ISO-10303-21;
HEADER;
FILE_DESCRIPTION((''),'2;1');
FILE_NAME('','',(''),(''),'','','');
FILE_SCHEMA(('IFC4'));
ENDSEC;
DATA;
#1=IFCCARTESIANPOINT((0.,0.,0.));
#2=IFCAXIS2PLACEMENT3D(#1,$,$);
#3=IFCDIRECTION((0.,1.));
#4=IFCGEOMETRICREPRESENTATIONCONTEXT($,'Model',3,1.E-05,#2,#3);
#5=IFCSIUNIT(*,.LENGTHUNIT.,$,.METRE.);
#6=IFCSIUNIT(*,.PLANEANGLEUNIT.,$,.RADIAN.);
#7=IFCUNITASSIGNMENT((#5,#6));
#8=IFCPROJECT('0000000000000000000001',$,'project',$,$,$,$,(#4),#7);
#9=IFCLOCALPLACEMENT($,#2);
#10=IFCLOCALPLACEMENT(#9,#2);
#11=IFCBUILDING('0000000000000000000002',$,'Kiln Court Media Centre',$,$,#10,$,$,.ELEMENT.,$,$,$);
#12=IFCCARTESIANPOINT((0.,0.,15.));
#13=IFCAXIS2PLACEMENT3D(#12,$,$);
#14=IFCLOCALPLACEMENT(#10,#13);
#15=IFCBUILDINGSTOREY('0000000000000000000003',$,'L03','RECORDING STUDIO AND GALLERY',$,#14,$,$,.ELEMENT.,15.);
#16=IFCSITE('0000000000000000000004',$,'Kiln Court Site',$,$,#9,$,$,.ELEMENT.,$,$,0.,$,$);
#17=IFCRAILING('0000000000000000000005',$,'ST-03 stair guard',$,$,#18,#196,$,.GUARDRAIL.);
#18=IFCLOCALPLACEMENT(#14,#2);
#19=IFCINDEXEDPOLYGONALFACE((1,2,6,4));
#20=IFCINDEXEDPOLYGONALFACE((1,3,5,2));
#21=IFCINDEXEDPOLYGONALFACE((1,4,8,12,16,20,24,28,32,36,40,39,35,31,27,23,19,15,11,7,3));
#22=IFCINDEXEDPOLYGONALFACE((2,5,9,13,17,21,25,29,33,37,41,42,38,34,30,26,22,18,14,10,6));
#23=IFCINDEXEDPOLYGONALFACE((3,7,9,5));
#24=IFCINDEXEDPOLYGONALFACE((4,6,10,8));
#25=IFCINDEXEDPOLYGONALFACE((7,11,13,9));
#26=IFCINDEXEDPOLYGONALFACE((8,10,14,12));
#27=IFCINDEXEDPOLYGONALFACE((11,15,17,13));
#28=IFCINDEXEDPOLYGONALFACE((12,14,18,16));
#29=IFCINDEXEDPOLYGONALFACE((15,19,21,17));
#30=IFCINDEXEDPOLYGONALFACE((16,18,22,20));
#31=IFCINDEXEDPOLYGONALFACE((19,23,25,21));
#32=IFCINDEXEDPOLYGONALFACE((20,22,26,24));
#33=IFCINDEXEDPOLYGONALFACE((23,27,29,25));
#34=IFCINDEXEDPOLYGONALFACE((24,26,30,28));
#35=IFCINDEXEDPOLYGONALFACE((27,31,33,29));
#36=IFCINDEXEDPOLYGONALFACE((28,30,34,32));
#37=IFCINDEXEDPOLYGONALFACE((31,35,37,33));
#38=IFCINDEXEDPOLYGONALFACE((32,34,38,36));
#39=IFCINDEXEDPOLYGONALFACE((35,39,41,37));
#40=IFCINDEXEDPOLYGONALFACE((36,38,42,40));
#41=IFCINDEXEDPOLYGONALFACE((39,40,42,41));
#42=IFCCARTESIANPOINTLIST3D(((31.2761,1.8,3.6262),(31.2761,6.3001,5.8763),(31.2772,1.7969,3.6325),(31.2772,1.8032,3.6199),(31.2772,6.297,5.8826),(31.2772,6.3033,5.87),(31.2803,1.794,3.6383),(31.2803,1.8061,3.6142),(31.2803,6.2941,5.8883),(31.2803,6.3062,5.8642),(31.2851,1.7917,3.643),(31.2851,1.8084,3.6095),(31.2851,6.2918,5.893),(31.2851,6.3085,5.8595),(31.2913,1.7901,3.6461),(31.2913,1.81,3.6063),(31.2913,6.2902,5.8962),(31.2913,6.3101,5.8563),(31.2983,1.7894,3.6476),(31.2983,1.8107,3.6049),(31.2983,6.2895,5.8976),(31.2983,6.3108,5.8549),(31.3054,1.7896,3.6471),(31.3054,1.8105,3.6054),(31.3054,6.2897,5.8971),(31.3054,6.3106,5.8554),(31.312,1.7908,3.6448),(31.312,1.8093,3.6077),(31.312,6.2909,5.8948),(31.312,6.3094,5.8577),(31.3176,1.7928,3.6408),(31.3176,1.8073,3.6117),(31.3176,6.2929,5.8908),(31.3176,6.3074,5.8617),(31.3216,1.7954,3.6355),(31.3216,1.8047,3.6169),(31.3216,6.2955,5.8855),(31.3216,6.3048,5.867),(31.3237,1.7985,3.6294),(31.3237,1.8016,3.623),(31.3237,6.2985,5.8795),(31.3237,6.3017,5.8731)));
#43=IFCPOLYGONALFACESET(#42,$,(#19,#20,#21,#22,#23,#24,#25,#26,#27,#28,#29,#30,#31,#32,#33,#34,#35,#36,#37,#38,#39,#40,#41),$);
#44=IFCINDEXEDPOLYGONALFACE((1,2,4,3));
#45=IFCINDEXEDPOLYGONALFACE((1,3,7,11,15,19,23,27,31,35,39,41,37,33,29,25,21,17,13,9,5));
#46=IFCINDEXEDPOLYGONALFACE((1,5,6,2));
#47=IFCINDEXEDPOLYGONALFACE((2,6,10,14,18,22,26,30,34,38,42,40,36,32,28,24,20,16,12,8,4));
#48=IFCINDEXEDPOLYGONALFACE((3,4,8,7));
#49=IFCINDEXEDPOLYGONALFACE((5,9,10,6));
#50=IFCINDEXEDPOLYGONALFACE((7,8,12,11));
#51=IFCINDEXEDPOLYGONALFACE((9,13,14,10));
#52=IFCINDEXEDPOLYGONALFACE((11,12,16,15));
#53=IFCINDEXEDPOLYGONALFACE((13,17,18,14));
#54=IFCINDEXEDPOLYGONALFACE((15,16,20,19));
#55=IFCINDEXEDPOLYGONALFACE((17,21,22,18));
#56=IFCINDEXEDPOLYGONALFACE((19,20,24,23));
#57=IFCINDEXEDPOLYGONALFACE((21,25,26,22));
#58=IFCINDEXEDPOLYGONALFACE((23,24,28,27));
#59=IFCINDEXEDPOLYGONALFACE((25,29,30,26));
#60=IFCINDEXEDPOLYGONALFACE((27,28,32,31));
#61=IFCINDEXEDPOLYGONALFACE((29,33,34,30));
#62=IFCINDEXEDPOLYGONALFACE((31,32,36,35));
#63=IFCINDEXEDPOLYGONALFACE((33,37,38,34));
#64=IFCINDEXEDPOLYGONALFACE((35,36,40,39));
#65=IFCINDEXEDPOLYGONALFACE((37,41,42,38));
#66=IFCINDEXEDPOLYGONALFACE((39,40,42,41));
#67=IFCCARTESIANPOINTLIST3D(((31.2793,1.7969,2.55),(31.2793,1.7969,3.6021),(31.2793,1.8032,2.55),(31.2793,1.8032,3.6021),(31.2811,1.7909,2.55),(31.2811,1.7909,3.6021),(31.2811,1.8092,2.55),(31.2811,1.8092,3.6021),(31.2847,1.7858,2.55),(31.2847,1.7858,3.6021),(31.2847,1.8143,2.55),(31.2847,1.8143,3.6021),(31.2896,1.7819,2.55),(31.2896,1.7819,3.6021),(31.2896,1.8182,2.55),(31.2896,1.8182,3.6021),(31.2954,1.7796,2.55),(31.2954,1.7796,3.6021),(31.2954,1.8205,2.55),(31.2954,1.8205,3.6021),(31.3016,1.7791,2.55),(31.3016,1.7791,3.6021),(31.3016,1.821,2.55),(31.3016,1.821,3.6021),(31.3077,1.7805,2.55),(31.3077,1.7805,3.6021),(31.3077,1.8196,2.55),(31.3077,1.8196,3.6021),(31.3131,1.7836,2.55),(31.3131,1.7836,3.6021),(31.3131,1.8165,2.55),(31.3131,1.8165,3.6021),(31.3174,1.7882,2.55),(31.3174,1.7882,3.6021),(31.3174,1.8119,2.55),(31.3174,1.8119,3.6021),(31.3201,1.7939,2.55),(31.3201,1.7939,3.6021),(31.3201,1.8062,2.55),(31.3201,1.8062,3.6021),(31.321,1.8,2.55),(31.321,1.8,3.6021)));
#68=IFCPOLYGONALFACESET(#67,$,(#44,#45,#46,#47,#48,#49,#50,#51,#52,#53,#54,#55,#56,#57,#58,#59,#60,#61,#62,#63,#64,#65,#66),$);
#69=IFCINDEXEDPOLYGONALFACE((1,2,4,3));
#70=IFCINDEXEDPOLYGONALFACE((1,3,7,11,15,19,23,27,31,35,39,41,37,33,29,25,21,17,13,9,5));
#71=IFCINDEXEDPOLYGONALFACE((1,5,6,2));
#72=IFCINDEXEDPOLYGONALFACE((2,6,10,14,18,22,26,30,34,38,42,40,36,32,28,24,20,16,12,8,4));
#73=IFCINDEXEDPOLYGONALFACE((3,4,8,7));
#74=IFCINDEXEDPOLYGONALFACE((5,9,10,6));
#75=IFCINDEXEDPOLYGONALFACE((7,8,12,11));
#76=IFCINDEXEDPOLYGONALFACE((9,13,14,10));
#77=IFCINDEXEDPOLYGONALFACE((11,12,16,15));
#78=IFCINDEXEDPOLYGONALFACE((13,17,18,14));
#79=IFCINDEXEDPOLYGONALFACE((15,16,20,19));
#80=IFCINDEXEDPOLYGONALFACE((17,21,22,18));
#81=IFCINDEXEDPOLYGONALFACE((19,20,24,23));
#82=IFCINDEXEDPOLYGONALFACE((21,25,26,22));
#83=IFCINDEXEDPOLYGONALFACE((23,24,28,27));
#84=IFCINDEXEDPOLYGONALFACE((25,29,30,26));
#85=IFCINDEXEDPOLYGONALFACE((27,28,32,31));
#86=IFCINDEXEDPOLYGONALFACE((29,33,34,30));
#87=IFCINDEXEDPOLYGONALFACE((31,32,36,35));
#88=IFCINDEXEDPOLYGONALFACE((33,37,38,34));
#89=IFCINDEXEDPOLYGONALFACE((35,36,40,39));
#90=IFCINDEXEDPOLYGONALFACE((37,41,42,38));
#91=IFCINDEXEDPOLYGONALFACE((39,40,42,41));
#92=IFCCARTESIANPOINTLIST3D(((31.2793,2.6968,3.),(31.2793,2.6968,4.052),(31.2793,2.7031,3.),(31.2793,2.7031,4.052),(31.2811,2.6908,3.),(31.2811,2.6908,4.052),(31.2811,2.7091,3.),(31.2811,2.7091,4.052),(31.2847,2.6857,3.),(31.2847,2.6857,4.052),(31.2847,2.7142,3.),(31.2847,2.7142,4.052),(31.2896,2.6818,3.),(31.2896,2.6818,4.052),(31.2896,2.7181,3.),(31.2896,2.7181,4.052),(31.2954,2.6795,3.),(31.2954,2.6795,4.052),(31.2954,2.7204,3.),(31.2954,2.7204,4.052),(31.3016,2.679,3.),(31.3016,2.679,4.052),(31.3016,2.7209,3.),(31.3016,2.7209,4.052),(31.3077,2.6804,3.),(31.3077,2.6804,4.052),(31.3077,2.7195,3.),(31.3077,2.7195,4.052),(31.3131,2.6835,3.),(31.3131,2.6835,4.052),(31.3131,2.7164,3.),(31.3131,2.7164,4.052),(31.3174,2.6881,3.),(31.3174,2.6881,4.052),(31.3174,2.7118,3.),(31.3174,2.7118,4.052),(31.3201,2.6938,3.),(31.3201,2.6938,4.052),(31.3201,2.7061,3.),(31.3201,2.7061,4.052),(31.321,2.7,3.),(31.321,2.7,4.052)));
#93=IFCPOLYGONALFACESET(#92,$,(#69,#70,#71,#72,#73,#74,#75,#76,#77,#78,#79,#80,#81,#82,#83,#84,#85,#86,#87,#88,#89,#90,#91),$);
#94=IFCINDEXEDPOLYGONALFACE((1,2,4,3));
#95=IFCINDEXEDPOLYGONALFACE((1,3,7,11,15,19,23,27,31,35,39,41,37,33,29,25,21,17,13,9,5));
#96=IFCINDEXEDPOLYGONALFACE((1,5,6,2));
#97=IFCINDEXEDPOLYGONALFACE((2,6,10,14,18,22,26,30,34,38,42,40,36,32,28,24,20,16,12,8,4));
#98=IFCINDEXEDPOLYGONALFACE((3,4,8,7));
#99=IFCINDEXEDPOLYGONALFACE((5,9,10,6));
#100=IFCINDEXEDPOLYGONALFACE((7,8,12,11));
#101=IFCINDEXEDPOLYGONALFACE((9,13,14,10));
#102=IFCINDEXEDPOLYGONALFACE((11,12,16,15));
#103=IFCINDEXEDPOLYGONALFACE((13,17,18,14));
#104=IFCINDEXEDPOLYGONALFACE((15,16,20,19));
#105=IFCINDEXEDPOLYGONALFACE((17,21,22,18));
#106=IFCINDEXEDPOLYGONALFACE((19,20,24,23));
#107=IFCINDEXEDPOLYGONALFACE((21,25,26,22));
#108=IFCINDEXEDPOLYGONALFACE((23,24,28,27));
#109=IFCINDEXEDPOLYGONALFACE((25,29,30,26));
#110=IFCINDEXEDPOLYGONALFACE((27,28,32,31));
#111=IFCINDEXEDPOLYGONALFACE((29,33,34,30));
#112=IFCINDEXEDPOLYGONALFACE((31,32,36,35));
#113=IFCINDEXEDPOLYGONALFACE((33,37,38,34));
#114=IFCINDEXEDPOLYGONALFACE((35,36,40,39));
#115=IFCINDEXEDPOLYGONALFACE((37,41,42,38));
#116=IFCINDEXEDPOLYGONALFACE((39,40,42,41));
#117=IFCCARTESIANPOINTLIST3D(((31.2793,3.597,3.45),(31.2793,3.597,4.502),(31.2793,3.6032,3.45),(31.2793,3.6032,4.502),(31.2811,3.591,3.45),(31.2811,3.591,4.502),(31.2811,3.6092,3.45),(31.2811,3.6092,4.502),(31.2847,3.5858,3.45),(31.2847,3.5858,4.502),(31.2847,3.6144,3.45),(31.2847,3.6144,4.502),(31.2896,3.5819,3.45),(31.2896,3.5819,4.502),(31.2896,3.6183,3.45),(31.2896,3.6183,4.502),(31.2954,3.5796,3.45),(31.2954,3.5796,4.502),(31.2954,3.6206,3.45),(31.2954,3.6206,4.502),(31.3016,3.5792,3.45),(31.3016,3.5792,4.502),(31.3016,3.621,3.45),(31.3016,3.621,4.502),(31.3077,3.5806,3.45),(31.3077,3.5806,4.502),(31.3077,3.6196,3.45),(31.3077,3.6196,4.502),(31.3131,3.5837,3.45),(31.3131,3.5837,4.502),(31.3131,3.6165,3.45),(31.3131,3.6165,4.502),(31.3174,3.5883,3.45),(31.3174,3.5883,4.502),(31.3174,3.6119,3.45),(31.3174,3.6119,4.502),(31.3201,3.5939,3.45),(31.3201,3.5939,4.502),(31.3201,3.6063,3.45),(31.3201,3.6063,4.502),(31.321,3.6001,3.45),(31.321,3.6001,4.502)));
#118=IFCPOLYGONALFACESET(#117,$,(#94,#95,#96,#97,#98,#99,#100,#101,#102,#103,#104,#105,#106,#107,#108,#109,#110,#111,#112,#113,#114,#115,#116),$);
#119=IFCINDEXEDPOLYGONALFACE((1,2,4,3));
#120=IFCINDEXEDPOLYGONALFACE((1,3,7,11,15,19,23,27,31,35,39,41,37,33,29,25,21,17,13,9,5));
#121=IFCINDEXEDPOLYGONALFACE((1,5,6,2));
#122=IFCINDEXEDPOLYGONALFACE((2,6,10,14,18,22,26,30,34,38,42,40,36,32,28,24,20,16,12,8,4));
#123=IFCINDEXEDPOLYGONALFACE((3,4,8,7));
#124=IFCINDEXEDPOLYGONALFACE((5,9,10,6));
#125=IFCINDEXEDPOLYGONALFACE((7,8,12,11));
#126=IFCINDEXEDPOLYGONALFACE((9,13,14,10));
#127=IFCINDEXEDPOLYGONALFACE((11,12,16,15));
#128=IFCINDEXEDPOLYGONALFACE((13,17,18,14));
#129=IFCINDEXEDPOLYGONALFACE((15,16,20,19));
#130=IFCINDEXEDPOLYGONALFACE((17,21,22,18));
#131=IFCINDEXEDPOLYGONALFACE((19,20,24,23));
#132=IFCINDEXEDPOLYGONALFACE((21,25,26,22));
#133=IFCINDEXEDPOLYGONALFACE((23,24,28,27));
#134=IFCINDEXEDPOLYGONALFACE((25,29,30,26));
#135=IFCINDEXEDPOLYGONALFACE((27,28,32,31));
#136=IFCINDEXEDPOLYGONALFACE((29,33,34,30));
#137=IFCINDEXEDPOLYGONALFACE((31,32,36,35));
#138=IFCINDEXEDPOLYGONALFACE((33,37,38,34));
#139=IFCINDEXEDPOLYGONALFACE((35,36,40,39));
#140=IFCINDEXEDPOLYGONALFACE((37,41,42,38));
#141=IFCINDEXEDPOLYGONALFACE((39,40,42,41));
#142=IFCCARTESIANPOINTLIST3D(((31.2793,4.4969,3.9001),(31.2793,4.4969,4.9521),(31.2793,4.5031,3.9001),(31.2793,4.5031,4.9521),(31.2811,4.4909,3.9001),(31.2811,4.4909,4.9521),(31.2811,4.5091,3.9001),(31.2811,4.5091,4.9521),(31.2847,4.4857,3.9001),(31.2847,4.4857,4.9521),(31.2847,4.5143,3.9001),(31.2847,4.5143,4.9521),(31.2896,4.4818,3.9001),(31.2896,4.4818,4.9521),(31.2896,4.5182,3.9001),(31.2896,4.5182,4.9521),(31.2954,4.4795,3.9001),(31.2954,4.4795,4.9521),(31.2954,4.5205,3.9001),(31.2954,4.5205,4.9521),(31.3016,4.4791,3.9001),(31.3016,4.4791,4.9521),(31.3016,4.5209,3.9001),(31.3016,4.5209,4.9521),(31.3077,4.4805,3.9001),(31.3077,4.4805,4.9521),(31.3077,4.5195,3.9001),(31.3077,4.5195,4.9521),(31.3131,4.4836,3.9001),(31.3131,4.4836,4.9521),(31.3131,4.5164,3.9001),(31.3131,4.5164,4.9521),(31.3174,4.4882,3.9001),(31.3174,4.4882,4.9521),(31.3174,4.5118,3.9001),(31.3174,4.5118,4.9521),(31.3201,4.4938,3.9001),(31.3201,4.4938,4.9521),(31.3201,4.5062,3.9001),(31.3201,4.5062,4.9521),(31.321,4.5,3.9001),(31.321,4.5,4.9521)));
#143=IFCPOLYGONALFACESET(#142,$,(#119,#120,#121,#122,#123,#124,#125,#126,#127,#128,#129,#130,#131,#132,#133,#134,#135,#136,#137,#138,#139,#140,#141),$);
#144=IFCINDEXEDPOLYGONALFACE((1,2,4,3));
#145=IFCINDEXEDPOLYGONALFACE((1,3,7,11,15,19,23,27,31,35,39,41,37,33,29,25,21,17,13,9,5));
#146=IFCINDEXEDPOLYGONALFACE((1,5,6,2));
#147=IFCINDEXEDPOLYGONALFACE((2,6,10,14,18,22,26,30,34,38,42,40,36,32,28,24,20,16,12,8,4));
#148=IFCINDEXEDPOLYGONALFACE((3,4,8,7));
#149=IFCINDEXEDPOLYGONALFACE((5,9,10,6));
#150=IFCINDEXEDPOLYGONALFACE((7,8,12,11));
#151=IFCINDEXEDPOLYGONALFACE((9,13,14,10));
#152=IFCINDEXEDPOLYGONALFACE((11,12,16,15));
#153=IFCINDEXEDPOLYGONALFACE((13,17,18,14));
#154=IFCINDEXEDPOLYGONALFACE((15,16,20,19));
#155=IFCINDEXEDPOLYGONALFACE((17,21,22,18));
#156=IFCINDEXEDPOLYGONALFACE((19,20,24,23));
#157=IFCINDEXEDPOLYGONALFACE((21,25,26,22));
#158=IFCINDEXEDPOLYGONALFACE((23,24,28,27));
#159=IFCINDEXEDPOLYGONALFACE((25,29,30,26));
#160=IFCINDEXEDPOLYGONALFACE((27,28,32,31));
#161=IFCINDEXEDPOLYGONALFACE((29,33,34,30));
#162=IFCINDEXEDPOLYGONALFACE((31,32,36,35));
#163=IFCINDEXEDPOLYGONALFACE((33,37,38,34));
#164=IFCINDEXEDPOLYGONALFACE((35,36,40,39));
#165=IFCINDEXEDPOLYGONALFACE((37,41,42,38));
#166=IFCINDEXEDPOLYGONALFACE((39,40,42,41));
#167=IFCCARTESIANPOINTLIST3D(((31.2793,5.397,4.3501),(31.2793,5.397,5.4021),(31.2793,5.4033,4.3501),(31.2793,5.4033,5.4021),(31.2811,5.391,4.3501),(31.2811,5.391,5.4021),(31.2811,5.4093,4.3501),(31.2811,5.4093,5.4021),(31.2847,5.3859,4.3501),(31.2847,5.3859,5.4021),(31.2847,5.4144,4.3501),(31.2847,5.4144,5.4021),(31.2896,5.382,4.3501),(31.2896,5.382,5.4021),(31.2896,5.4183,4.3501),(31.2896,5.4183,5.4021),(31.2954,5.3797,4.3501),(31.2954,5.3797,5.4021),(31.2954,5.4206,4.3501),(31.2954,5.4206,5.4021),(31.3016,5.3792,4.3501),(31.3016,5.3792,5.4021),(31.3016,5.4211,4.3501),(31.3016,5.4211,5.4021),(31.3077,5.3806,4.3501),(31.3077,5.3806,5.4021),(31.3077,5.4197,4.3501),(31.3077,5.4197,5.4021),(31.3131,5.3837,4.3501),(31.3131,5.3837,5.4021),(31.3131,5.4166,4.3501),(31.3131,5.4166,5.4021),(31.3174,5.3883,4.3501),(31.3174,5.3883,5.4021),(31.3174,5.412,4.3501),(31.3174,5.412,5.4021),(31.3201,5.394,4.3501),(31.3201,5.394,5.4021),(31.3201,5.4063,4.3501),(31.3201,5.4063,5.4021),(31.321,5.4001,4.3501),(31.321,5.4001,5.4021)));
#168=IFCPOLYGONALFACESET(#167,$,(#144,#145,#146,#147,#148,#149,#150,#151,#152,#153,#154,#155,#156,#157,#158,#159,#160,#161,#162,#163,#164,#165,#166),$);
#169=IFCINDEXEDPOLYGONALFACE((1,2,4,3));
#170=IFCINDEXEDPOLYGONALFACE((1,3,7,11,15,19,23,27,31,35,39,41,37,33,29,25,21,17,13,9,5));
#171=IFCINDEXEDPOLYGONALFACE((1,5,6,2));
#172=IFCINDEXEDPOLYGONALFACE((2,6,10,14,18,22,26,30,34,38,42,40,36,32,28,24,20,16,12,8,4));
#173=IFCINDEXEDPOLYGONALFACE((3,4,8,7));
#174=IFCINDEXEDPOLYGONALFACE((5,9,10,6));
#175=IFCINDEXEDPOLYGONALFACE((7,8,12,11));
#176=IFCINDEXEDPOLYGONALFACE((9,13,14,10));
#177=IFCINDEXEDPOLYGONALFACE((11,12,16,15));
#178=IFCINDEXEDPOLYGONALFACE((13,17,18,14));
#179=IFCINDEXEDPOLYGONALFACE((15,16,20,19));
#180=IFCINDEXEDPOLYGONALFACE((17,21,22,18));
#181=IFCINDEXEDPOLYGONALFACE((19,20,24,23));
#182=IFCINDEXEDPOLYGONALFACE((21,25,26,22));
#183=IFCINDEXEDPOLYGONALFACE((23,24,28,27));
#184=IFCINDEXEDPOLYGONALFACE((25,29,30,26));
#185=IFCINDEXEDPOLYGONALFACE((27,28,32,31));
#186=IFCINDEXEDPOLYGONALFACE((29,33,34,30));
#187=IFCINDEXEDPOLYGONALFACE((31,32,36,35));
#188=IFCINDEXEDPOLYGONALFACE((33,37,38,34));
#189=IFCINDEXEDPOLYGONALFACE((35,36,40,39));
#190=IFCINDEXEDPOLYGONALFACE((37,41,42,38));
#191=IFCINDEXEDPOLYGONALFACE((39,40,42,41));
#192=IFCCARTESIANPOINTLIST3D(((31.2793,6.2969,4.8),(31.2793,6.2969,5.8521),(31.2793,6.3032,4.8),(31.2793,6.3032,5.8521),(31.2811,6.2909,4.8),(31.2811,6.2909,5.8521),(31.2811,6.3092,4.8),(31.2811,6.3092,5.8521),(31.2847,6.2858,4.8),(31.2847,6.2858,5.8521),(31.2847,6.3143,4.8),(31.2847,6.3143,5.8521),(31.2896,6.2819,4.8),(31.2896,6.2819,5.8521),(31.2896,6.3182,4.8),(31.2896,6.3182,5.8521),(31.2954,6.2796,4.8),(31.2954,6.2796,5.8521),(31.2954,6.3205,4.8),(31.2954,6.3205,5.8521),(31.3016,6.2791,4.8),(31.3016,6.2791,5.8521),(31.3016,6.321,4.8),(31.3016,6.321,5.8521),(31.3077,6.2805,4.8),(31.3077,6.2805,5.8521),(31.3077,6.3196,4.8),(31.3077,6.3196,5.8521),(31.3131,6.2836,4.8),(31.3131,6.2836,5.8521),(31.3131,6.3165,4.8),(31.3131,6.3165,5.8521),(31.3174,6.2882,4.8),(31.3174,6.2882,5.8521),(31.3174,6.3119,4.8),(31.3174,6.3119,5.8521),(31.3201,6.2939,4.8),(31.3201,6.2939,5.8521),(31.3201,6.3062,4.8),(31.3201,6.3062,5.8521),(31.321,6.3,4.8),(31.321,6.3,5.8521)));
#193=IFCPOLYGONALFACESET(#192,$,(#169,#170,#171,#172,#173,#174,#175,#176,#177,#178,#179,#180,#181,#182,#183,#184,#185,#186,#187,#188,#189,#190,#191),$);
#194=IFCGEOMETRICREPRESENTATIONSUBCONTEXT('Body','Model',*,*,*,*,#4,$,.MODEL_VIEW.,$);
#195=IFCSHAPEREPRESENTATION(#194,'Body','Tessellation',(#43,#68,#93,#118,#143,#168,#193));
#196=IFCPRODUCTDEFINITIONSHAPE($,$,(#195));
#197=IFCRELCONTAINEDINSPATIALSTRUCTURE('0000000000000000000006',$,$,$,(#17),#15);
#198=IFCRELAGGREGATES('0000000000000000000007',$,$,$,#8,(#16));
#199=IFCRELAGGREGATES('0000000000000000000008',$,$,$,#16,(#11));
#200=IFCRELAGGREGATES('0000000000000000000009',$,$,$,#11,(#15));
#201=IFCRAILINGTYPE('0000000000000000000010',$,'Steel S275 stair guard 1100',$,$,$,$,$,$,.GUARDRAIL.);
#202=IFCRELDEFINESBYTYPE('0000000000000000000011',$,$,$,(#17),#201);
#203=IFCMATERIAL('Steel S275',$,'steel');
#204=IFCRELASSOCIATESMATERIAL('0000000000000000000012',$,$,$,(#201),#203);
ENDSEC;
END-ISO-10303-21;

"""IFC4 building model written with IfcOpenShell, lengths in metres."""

from ifc_helpers import new_model, si_unit, direction, frame, origin, origin_2d, place, context, subcontext, project, spatial, circle, extrude, material, type_object, element, save


model = new_model("IFC4")

# Units and contexts
model_context = context("Model", 3, precision=1e-05, world=origin(), true_north=direction((0.0, 1.0)))
body_context = subcontext(model_context, "Body", "Model", "MODEL_VIEW")
ifc_project = project(units=[si_unit("LENGTHUNIT", "METRE"), si_unit("PLANEANGLEUNIT", "RADIAN")], contexts=[model_context])

# Site, building, storey
site_placement = place(None, origin())
site = spatial("IfcSite", under=ifc_project, at=site_placement, Name="Kiln Court Site", CompositionType="ELEMENT", RefElevation=0.0)
building_placement = place(site_placement, origin())
building = spatial("IfcBuilding", under=site, at=building_placement, Name="Kiln Court Media Centre", CompositionType="ELEMENT")
storey_placement = place(building_placement, frame((0.0, 0.0, 15.0)))
storey = spatial("IfcBuildingStorey", under=building, at=storey_placement, Name="L03", Description="RECORDING STUDIO AND GALLERY", CompositionType="ELEMENT", Elevation=15.0)

# Railing
ifc_material_1 = material(Name="Steel S275", Category="steel")
railing_type_1 = type_object("IfcRailingType", Name="Steel S275 stair guard 1100", PredefinedType="GUARDRAIL", material=ifc_material_1)
railing_1_placement = place(storey_placement, frame((31.3, 1.8, 2.55)))
element("IfcRailing", 1, at=railing_1_placement, inside=storey, type_object=railing_type_1, Name="ST-03 stair guard", PredefinedType="GUARDRAIL", context=body_context, shape_type="SweptSolid", body=[
    extrude(circle(Radius=0.0239, at=origin_2d()), frame((0.0, 0.0, 1.0762), z_axis=(0.0, 0.894427, 0.447214), x_axis=(-1.0, 0.0, 0.0)), (0.0, 0.0, 1.0), 5.0312),
    extrude(circle(Radius=0.021, at=origin_2d()), origin(), (0.0, 0.0, 1.0), 1.052),
    extrude(circle(Radius=0.021, at=origin_2d()), frame((0.0, 0.8999, 0.45)), (0.0, 0.0, 1.0), 1.052),
    extrude(circle(Radius=0.021, at=origin_2d()), frame((0.0, 1.8, 0.8999)), (0.0, 0.0, 1.0), 1.052),
    extrude(circle(Radius=0.021, at=origin_2d()), frame((0.0, 2.7, 1.3501)), (0.0, 0.0, 1.0), 1.052),
    extrude(circle(Radius=0.021, at=origin_2d()), frame((0.0, 3.6001, 1.8)), (0.0, 0.0, 1.0), 1.052),
    extrude(circle(Radius=0.021, at=origin_2d()), frame((0.0, 4.5, 2.25)), (0.0, 0.0, 1.0), 1.052),
])

save(model, "model.ifc")
